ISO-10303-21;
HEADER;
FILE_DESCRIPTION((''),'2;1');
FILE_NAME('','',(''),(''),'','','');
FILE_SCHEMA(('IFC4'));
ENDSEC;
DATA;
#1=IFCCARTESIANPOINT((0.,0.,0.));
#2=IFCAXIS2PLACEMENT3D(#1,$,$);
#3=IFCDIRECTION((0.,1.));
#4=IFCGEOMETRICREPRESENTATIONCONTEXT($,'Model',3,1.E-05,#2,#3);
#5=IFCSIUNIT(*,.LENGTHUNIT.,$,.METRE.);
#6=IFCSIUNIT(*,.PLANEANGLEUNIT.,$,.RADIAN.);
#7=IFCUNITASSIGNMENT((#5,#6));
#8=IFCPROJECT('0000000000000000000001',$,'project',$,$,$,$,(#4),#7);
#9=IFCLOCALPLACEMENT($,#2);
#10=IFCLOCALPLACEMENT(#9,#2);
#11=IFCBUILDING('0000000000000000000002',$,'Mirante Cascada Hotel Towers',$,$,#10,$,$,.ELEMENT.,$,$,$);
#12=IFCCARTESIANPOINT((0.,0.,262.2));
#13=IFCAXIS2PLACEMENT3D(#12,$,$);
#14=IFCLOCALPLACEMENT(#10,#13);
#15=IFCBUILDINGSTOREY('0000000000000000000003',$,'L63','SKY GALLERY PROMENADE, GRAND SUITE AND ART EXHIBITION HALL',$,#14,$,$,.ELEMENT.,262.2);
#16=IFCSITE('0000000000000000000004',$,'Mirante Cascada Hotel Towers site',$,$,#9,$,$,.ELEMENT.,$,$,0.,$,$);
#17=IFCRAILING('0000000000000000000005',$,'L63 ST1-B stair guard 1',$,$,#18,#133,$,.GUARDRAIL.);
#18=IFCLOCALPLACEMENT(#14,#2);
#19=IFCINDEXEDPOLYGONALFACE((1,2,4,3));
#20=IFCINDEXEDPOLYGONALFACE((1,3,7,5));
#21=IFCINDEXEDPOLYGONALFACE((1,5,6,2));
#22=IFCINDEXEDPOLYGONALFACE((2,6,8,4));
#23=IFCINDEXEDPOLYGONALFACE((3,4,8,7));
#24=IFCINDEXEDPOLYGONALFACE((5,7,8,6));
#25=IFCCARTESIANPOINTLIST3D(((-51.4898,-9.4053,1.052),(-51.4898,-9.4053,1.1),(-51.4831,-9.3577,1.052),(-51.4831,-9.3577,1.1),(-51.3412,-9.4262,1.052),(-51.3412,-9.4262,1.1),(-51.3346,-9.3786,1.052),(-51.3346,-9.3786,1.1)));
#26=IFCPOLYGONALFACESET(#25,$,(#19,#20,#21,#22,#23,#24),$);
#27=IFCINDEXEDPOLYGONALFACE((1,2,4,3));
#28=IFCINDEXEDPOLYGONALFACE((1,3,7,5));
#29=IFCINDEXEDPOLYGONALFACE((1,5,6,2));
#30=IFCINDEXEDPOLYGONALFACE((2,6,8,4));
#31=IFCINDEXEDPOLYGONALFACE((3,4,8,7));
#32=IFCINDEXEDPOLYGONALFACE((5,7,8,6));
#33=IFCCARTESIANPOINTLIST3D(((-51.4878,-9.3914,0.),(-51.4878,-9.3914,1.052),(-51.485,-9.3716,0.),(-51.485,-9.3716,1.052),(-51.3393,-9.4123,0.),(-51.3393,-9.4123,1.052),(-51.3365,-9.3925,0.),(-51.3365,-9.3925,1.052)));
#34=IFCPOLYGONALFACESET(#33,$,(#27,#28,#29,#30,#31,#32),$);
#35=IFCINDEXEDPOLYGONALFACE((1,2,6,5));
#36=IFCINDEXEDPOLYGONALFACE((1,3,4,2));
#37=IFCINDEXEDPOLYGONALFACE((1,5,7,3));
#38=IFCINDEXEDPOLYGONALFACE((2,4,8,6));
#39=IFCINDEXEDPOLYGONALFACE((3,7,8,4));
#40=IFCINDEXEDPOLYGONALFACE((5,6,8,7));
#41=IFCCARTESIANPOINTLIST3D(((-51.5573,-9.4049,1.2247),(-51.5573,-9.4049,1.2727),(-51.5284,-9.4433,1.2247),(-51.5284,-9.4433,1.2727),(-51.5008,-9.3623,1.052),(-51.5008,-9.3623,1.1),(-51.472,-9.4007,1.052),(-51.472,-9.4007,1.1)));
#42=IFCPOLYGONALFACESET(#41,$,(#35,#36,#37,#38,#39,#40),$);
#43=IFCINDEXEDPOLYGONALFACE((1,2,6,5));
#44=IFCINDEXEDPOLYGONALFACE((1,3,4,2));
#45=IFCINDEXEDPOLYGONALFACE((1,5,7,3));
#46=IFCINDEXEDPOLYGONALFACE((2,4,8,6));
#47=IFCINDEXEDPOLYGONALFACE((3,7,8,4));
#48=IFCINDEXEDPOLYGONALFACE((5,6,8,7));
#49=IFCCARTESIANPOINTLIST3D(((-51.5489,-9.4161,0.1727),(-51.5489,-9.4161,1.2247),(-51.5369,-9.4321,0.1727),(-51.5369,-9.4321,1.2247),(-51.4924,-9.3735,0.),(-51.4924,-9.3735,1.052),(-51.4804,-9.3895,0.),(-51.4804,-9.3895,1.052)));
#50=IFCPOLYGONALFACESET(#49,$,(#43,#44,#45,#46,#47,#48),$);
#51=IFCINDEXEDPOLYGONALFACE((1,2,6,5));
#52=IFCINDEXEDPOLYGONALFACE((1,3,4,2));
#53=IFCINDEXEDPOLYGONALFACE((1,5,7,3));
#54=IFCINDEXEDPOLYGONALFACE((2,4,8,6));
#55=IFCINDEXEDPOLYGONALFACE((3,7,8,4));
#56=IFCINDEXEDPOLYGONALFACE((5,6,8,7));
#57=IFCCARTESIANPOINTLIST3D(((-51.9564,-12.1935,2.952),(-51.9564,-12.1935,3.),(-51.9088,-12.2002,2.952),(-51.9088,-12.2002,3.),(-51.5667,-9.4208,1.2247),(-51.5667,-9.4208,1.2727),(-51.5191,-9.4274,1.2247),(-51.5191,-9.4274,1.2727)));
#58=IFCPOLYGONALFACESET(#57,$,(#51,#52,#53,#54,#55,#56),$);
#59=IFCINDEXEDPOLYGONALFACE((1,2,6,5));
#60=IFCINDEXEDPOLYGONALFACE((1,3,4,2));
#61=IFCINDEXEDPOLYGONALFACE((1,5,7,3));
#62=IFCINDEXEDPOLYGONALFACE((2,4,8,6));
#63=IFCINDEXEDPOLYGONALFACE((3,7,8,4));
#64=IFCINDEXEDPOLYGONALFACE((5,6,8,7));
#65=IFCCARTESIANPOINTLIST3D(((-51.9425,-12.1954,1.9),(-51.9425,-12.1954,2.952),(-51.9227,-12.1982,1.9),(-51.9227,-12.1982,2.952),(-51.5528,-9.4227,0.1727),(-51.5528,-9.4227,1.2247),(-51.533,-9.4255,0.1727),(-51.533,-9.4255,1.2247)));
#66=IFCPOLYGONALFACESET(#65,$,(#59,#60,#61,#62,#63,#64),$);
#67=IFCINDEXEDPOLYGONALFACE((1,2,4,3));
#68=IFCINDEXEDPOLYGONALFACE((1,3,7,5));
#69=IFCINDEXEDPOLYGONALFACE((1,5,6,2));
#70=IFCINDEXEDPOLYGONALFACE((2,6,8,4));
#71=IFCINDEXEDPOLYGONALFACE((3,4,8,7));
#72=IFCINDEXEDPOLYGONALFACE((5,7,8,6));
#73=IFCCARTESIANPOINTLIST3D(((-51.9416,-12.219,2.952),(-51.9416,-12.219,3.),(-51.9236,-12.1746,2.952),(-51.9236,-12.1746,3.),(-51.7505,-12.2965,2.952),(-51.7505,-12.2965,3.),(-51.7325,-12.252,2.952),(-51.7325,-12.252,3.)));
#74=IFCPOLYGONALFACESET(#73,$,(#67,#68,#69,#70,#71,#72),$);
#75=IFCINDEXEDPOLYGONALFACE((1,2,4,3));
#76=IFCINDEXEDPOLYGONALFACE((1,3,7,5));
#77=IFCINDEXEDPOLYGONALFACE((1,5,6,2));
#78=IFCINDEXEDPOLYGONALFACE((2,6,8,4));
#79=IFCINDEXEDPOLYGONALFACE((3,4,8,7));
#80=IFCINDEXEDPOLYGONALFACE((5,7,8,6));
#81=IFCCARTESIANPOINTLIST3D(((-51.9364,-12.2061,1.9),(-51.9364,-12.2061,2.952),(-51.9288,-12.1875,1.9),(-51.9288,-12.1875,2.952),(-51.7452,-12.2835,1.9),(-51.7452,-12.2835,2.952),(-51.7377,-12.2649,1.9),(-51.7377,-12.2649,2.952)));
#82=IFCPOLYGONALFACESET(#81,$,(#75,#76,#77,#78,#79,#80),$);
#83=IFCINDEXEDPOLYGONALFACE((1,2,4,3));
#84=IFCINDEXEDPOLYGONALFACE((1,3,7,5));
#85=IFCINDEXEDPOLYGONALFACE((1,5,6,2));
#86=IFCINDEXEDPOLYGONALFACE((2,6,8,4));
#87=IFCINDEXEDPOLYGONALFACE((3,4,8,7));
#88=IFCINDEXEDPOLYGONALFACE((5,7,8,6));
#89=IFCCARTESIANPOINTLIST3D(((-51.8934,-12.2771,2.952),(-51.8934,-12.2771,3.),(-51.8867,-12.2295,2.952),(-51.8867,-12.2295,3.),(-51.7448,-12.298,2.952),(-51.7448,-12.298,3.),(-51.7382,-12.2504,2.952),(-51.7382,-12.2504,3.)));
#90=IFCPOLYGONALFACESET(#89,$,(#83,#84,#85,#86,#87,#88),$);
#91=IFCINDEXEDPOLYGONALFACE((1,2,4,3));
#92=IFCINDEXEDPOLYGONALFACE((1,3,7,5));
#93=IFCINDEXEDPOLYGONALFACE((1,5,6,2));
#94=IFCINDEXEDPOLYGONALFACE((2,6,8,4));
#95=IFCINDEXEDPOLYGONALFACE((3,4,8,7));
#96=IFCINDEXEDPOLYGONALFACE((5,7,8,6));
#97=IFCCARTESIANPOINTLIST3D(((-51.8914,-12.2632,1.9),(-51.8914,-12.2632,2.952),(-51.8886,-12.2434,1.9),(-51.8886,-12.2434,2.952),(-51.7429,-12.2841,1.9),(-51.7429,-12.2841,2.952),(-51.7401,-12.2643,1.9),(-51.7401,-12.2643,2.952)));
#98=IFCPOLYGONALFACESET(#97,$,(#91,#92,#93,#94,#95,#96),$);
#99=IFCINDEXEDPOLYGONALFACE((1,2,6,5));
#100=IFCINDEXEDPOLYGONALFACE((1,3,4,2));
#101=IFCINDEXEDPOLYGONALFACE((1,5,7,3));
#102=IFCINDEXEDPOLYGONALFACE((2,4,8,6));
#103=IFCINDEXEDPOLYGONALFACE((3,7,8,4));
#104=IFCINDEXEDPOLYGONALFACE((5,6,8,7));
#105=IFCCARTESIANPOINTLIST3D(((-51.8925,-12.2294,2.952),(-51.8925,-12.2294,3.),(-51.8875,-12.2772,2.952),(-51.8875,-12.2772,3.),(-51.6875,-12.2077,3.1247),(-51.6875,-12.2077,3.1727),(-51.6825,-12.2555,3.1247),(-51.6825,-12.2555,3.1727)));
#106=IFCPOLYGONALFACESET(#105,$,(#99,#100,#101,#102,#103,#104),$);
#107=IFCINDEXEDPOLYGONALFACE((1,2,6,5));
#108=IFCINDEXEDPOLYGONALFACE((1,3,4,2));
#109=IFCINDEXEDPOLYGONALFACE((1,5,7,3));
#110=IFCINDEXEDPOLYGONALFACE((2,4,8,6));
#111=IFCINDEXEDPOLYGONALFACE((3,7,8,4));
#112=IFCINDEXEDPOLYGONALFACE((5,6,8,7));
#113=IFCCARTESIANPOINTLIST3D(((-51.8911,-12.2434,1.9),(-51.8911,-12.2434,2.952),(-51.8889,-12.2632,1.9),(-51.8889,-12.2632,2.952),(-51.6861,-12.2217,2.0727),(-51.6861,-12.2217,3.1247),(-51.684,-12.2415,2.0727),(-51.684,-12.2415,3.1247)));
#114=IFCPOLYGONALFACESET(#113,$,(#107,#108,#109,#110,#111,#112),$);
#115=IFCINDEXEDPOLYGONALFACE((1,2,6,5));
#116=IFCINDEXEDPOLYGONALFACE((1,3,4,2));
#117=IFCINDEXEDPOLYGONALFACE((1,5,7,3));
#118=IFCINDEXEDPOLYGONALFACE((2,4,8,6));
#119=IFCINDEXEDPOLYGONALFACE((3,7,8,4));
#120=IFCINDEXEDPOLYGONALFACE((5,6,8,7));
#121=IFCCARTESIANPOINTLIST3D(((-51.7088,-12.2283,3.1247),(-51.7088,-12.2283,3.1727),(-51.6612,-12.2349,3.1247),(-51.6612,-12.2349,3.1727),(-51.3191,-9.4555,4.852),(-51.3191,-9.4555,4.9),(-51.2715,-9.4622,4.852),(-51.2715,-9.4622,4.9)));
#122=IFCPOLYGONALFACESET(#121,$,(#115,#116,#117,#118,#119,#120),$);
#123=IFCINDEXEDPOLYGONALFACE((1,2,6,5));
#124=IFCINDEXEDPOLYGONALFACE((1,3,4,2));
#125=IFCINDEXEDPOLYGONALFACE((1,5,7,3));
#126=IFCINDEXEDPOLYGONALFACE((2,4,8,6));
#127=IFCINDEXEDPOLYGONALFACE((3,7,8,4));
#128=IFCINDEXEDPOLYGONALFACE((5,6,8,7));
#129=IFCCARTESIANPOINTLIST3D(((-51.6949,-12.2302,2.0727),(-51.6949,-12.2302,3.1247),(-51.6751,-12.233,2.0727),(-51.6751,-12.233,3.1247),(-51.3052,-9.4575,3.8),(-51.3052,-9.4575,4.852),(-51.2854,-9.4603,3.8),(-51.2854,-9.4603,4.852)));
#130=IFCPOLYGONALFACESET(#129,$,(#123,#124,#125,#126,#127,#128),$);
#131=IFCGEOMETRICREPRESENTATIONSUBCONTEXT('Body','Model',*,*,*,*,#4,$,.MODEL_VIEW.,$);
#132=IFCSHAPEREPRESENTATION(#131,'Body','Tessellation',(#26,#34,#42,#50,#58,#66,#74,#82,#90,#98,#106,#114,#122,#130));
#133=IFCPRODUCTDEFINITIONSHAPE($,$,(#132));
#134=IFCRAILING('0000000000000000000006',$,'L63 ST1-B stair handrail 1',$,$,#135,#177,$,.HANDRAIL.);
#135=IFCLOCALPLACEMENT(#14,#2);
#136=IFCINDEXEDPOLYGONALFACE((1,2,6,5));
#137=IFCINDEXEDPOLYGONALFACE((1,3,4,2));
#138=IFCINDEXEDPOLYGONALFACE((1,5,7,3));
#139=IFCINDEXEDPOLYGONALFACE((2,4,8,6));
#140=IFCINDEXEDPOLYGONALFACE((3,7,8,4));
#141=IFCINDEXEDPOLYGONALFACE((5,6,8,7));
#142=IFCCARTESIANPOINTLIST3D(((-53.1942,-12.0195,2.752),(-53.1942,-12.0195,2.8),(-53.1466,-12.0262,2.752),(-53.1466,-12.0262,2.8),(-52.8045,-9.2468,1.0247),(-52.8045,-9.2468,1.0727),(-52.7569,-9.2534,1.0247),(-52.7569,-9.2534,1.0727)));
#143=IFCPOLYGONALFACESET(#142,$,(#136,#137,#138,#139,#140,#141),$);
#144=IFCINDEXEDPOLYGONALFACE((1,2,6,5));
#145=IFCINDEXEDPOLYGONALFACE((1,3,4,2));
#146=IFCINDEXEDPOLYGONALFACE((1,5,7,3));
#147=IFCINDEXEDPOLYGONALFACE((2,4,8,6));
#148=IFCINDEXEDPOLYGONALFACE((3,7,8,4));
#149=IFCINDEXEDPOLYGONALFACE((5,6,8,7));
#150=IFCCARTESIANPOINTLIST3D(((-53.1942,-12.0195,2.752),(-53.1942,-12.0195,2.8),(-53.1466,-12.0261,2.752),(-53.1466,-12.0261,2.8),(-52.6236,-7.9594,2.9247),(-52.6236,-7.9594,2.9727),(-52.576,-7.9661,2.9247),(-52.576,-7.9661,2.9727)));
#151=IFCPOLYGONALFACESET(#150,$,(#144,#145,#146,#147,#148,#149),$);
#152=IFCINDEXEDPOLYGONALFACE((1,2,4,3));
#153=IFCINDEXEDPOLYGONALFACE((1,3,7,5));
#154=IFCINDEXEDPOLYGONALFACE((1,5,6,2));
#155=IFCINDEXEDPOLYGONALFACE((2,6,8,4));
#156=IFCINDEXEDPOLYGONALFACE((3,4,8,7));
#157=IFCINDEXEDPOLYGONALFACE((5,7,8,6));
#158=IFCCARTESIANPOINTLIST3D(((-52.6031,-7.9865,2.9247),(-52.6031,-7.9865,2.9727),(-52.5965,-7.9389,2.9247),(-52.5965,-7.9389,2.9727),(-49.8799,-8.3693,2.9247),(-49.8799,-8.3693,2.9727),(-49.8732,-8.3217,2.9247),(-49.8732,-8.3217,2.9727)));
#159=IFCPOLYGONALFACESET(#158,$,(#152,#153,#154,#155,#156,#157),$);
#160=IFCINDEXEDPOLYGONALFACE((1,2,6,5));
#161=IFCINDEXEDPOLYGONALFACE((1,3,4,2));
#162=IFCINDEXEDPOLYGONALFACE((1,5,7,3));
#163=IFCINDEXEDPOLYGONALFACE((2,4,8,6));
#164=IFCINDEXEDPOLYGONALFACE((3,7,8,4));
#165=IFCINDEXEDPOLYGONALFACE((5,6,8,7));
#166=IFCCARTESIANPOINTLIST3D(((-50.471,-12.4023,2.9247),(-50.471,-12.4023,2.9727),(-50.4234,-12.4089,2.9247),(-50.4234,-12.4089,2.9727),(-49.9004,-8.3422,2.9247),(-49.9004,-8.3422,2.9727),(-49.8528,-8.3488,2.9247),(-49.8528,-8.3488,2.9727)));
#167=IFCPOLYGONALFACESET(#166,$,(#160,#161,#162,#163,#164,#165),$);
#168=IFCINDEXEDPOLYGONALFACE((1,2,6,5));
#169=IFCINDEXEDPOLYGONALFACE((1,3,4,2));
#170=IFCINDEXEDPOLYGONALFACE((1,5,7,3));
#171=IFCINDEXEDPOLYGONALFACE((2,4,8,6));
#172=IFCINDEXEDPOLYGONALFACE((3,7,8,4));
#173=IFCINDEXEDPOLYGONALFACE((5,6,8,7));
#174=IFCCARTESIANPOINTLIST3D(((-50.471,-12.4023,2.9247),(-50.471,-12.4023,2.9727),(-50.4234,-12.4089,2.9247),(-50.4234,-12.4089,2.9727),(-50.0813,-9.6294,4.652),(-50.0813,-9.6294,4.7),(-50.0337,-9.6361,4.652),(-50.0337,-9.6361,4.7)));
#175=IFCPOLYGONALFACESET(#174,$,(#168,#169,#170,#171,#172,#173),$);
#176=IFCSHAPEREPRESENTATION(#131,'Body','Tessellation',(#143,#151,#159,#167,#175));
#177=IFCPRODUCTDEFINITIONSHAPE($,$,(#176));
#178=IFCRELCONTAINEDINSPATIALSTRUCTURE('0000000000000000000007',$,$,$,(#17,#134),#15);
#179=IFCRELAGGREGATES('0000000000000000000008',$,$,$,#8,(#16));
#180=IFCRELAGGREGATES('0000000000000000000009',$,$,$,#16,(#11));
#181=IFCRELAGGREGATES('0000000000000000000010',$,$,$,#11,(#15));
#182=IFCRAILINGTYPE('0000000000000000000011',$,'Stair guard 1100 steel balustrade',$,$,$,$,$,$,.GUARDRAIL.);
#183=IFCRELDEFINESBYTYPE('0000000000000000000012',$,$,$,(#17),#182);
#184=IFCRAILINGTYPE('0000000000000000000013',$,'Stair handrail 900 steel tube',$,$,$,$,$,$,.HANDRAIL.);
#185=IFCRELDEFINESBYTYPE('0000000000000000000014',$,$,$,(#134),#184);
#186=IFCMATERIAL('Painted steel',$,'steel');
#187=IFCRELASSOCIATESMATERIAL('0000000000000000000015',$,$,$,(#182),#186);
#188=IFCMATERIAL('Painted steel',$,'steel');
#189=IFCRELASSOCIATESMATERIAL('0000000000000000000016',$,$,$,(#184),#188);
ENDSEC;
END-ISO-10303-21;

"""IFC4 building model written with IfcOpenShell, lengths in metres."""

from ifc_helpers import new_model, si_unit, direction, frame, origin, origin_2d, place, context, subcontext, project, spatial, rectangle, extrude, material, type_object, element, save


model = new_model("IFC4")

# Units and contexts
model_context = context("Model", 3, precision=1e-05, world=origin(), true_north=direction((0.0, 1.0)))
body_context = subcontext(model_context, "Body", "Model", "MODEL_VIEW")
ifc_project = project(units=[si_unit("LENGTHUNIT", "METRE"), si_unit("PLANEANGLEUNIT", "RADIAN")], contexts=[model_context])

# Site, building, storey
site_placement = place(None, origin())
site = spatial("IfcSite", under=ifc_project, at=site_placement, Name="Mirante Cascada Hotel Towers site", CompositionType="ELEMENT", RefElevation=0.0)
building_placement = place(site_placement, origin())
building = spatial("IfcBuilding", under=site, at=building_placement, Name="Mirante Cascada Hotel Towers", CompositionType="ELEMENT")
storey_placement = place(building_placement, frame((0.0, 0.0, 262.2)))
storey = spatial("IfcBuildingStorey", under=building, at=storey_placement, Name="L63", Description="SKY GALLERY PROMENADE, GRAND SUITE AND ART EXHIBITION HALL", CompositionType="ELEMENT", Elevation=262.2)

# Railings
ifc_material_1 = material(Name="Painted steel", Category="steel")
railing_type_1 = type_object("IfcRailingType", Name="Stair guard 1100 steel balustrade", PredefinedType="GUARDRAIL", material=ifc_material_1)
railing_1_placement = place(storey_placement, frame((-51.3379, -9.4024, 0.0)))
element("IfcRailing", 1, at=railing_1_placement, inside=storey, type_object=railing_type_1, Name="L63 ST1-B stair guard 1", PredefinedType="GUARDRAIL", context=body_context, shape_type="SweptSolid", body=[
    extrude(rectangle(XDim=0.048, YDim=0.048, at=origin_2d()), frame((0.0, 0.0, 1.076), z_axis=(-0.990241, 0.139367, 0.0), x_axis=(-0.139367, -0.990241, 0.0)), (0.0, 0.0, 1.0), 0.15),
    extrude(rectangle(XDim=0.02, YDim=1.052, at=origin_2d()), frame((0.0, 0.0, 0.526), z_axis=(-0.990241, 0.139367, 0.0), x_axis=(-0.139367, -0.990241, 0.0)), (0.0, 0.0, 1.0), 0.15),
    extrude(rectangle(XDim=0.048, YDim=0.048, at=origin_2d()), frame((-0.1485, 0.0209, 1.076), z_axis=(-0.798471, -0.602033, 0.0), x_axis=(0.602033, -0.798471, 0.0)), (0.0, 0.92534, 0.379139), 0.1866),
    extrude(rectangle(XDim=0.02, YDim=1.052, at=origin_2d()), frame((-0.1485, 0.0209, 0.526), z_axis=(-0.798471, -0.602033, 0.0), x_axis=(0.602033, -0.798471, 0.0)), (0.0, 0.92534, 0.379139), 0.1866),
    extrude(rectangle(XDim=0.048, YDim=0.048, at=origin_2d()), frame((-0.205, -0.0217, 1.2487), z_axis=(-0.139181, -0.990267, 0.0), x_axis=(0.990267, -0.139181, 0.0)), (0.0, 0.525035, 0.851081), 3.2899),
    extrude(rectangle(XDim=0.02, YDim=1.052, at=origin_2d()), frame((-0.205, -0.0217, 0.6987), z_axis=(-0.139181, -0.990267, 0.0), x_axis=(0.990267, -0.139181, 0.0)), (0.0, 0.525035, 0.851081), 3.2899),
    extrude(rectangle(XDim=0.048, YDim=0.048, at=origin_2d()), frame((-0.5947, -2.7944, 2.976), z_axis=(0.926862, -0.375401, 0.0), x_axis=(0.375401, 0.926862, 0.0)), (0.0, 0.0, 1.0), 0.2062),
    extrude(rectangle(XDim=0.02, YDim=1.052, at=origin_2d()), frame((-0.5947, -2.7944, 2.426), z_axis=(0.926862, -0.375401, 0.0), x_axis=(0.375401, 0.926862, 0.0)), (0.0, 0.0, 1.0), 0.2062),
    extrude(rectangle(XDim=0.048, YDim=0.048, at=origin_2d()), frame((-0.4036, -2.8718, 2.976), z_axis=(-0.990241, 0.139367, 0.0), x_axis=(-0.139367, -0.990241, 0.0)), (0.0, 0.0, 1.0), 0.15),
    extrude(rectangle(XDim=0.02, YDim=1.052, at=origin_2d()), frame((-0.4036, -2.8718, 2.426), z_axis=(-0.990241, 0.139367, 0.0), x_axis=(-0.139367, -0.990241, 0.0)), (0.0, 0.0, 1.0), 0.15),
    extrude(rectangle(XDim=0.048, YDim=0.048, at=origin_2d()), frame((-0.5521, -2.8509, 2.976), z_axis=(0.994444, 0.105266, 0.0), x_axis=(-0.105266, 0.994444, 0.0)), (0.0, 0.642184, 0.76655), 0.2689),
    extrude(rectangle(XDim=0.02, YDim=1.052, at=origin_2d()), frame((-0.5521, -2.8509, 2.426), z_axis=(0.994444, 0.105266, 0.0), x_axis=(-0.105266, 0.994444, 0.0)), (0.0, 0.642184, 0.76655), 0.2689),
    extrude(rectangle(XDim=0.048, YDim=0.048, at=origin_2d()), frame((-0.3471, -2.8292, 3.1487), z_axis=(0.139181, 0.990267, 0.0), x_axis=(-0.990267, 0.139181, 0.0)), (0.0, 0.525035, 0.851081), 3.2899),
    extrude(rectangle(XDim=0.02, YDim=1.052, at=origin_2d()), frame((-0.3471, -2.8292, 2.5987), z_axis=(0.139181, 0.990267, 0.0), x_axis=(-0.990267, 0.139181, 0.0)), (0.0, 0.525035, 0.851081), 3.2899),
])
ifc_material_2 = material(Name="Painted steel", Category="steel")
railing_type_2 = type_object("IfcRailingType", Name="Stair handrail 900 steel tube", PredefinedType="HANDRAIL", material=ifc_material_2)
railing_2_placement = place(storey_placement, frame((-52.7807, -9.2501, 0.1727)))
element("IfcRailing", 2, at=railing_2_placement, inside=storey, type_object=railing_type_2, Name="L63 ST1-B stair handrail 1", PredefinedType="HANDRAIL", context=body_context, shape_type="SweptSolid", body=[
    extrude(rectangle(XDim=0.048, YDim=0.048, at=origin_2d()), frame((0.0, 0.0, 0.876), z_axis=(-0.139181, -0.990267, 0.0), x_axis=(0.990267, -0.139181, 0.0)), (0.0, 0.525035, 0.851081), 3.2899),
    extrude(rectangle(XDim=0.048, YDim=0.048, at=origin_2d()), frame((-0.3897, -2.7727, 2.6033), z_axis=(0.139171, 0.990268, 0.0), x_axis=(-0.990268, 0.139171, 0.0)), (0.0, 0.042085, 0.999114), 4.1036),
    extrude(rectangle(XDim=0.048, YDim=0.048, at=origin_2d()), frame((0.1809, 1.2874, 2.776), z_axis=(0.990264, -0.139201, 0.0), x_axis=(0.139201, 0.990264, 0.0)), (0.0, 0.0, 1.0), 2.75),
    extrude(rectangle(XDim=0.048, YDim=0.048, at=origin_2d()), frame((2.9041, 0.9046, 2.776), z_axis=(-0.139171, -0.990268, 0.0), x_axis=(0.990268, -0.139171, 0.0)), (0.0, 0.0, 1.0), 4.1),
    extrude(rectangle(XDim=0.048, YDim=0.048, at=origin_2d()), frame((2.3335, -3.1555, 2.776), z_axis=(0.139176, 0.990268, 0.0), x_axis=(-0.990268, 0.139176, 0.0)), (0.0, 0.525021, 0.851089), 3.29),
])

save(model, "model.ifc")
